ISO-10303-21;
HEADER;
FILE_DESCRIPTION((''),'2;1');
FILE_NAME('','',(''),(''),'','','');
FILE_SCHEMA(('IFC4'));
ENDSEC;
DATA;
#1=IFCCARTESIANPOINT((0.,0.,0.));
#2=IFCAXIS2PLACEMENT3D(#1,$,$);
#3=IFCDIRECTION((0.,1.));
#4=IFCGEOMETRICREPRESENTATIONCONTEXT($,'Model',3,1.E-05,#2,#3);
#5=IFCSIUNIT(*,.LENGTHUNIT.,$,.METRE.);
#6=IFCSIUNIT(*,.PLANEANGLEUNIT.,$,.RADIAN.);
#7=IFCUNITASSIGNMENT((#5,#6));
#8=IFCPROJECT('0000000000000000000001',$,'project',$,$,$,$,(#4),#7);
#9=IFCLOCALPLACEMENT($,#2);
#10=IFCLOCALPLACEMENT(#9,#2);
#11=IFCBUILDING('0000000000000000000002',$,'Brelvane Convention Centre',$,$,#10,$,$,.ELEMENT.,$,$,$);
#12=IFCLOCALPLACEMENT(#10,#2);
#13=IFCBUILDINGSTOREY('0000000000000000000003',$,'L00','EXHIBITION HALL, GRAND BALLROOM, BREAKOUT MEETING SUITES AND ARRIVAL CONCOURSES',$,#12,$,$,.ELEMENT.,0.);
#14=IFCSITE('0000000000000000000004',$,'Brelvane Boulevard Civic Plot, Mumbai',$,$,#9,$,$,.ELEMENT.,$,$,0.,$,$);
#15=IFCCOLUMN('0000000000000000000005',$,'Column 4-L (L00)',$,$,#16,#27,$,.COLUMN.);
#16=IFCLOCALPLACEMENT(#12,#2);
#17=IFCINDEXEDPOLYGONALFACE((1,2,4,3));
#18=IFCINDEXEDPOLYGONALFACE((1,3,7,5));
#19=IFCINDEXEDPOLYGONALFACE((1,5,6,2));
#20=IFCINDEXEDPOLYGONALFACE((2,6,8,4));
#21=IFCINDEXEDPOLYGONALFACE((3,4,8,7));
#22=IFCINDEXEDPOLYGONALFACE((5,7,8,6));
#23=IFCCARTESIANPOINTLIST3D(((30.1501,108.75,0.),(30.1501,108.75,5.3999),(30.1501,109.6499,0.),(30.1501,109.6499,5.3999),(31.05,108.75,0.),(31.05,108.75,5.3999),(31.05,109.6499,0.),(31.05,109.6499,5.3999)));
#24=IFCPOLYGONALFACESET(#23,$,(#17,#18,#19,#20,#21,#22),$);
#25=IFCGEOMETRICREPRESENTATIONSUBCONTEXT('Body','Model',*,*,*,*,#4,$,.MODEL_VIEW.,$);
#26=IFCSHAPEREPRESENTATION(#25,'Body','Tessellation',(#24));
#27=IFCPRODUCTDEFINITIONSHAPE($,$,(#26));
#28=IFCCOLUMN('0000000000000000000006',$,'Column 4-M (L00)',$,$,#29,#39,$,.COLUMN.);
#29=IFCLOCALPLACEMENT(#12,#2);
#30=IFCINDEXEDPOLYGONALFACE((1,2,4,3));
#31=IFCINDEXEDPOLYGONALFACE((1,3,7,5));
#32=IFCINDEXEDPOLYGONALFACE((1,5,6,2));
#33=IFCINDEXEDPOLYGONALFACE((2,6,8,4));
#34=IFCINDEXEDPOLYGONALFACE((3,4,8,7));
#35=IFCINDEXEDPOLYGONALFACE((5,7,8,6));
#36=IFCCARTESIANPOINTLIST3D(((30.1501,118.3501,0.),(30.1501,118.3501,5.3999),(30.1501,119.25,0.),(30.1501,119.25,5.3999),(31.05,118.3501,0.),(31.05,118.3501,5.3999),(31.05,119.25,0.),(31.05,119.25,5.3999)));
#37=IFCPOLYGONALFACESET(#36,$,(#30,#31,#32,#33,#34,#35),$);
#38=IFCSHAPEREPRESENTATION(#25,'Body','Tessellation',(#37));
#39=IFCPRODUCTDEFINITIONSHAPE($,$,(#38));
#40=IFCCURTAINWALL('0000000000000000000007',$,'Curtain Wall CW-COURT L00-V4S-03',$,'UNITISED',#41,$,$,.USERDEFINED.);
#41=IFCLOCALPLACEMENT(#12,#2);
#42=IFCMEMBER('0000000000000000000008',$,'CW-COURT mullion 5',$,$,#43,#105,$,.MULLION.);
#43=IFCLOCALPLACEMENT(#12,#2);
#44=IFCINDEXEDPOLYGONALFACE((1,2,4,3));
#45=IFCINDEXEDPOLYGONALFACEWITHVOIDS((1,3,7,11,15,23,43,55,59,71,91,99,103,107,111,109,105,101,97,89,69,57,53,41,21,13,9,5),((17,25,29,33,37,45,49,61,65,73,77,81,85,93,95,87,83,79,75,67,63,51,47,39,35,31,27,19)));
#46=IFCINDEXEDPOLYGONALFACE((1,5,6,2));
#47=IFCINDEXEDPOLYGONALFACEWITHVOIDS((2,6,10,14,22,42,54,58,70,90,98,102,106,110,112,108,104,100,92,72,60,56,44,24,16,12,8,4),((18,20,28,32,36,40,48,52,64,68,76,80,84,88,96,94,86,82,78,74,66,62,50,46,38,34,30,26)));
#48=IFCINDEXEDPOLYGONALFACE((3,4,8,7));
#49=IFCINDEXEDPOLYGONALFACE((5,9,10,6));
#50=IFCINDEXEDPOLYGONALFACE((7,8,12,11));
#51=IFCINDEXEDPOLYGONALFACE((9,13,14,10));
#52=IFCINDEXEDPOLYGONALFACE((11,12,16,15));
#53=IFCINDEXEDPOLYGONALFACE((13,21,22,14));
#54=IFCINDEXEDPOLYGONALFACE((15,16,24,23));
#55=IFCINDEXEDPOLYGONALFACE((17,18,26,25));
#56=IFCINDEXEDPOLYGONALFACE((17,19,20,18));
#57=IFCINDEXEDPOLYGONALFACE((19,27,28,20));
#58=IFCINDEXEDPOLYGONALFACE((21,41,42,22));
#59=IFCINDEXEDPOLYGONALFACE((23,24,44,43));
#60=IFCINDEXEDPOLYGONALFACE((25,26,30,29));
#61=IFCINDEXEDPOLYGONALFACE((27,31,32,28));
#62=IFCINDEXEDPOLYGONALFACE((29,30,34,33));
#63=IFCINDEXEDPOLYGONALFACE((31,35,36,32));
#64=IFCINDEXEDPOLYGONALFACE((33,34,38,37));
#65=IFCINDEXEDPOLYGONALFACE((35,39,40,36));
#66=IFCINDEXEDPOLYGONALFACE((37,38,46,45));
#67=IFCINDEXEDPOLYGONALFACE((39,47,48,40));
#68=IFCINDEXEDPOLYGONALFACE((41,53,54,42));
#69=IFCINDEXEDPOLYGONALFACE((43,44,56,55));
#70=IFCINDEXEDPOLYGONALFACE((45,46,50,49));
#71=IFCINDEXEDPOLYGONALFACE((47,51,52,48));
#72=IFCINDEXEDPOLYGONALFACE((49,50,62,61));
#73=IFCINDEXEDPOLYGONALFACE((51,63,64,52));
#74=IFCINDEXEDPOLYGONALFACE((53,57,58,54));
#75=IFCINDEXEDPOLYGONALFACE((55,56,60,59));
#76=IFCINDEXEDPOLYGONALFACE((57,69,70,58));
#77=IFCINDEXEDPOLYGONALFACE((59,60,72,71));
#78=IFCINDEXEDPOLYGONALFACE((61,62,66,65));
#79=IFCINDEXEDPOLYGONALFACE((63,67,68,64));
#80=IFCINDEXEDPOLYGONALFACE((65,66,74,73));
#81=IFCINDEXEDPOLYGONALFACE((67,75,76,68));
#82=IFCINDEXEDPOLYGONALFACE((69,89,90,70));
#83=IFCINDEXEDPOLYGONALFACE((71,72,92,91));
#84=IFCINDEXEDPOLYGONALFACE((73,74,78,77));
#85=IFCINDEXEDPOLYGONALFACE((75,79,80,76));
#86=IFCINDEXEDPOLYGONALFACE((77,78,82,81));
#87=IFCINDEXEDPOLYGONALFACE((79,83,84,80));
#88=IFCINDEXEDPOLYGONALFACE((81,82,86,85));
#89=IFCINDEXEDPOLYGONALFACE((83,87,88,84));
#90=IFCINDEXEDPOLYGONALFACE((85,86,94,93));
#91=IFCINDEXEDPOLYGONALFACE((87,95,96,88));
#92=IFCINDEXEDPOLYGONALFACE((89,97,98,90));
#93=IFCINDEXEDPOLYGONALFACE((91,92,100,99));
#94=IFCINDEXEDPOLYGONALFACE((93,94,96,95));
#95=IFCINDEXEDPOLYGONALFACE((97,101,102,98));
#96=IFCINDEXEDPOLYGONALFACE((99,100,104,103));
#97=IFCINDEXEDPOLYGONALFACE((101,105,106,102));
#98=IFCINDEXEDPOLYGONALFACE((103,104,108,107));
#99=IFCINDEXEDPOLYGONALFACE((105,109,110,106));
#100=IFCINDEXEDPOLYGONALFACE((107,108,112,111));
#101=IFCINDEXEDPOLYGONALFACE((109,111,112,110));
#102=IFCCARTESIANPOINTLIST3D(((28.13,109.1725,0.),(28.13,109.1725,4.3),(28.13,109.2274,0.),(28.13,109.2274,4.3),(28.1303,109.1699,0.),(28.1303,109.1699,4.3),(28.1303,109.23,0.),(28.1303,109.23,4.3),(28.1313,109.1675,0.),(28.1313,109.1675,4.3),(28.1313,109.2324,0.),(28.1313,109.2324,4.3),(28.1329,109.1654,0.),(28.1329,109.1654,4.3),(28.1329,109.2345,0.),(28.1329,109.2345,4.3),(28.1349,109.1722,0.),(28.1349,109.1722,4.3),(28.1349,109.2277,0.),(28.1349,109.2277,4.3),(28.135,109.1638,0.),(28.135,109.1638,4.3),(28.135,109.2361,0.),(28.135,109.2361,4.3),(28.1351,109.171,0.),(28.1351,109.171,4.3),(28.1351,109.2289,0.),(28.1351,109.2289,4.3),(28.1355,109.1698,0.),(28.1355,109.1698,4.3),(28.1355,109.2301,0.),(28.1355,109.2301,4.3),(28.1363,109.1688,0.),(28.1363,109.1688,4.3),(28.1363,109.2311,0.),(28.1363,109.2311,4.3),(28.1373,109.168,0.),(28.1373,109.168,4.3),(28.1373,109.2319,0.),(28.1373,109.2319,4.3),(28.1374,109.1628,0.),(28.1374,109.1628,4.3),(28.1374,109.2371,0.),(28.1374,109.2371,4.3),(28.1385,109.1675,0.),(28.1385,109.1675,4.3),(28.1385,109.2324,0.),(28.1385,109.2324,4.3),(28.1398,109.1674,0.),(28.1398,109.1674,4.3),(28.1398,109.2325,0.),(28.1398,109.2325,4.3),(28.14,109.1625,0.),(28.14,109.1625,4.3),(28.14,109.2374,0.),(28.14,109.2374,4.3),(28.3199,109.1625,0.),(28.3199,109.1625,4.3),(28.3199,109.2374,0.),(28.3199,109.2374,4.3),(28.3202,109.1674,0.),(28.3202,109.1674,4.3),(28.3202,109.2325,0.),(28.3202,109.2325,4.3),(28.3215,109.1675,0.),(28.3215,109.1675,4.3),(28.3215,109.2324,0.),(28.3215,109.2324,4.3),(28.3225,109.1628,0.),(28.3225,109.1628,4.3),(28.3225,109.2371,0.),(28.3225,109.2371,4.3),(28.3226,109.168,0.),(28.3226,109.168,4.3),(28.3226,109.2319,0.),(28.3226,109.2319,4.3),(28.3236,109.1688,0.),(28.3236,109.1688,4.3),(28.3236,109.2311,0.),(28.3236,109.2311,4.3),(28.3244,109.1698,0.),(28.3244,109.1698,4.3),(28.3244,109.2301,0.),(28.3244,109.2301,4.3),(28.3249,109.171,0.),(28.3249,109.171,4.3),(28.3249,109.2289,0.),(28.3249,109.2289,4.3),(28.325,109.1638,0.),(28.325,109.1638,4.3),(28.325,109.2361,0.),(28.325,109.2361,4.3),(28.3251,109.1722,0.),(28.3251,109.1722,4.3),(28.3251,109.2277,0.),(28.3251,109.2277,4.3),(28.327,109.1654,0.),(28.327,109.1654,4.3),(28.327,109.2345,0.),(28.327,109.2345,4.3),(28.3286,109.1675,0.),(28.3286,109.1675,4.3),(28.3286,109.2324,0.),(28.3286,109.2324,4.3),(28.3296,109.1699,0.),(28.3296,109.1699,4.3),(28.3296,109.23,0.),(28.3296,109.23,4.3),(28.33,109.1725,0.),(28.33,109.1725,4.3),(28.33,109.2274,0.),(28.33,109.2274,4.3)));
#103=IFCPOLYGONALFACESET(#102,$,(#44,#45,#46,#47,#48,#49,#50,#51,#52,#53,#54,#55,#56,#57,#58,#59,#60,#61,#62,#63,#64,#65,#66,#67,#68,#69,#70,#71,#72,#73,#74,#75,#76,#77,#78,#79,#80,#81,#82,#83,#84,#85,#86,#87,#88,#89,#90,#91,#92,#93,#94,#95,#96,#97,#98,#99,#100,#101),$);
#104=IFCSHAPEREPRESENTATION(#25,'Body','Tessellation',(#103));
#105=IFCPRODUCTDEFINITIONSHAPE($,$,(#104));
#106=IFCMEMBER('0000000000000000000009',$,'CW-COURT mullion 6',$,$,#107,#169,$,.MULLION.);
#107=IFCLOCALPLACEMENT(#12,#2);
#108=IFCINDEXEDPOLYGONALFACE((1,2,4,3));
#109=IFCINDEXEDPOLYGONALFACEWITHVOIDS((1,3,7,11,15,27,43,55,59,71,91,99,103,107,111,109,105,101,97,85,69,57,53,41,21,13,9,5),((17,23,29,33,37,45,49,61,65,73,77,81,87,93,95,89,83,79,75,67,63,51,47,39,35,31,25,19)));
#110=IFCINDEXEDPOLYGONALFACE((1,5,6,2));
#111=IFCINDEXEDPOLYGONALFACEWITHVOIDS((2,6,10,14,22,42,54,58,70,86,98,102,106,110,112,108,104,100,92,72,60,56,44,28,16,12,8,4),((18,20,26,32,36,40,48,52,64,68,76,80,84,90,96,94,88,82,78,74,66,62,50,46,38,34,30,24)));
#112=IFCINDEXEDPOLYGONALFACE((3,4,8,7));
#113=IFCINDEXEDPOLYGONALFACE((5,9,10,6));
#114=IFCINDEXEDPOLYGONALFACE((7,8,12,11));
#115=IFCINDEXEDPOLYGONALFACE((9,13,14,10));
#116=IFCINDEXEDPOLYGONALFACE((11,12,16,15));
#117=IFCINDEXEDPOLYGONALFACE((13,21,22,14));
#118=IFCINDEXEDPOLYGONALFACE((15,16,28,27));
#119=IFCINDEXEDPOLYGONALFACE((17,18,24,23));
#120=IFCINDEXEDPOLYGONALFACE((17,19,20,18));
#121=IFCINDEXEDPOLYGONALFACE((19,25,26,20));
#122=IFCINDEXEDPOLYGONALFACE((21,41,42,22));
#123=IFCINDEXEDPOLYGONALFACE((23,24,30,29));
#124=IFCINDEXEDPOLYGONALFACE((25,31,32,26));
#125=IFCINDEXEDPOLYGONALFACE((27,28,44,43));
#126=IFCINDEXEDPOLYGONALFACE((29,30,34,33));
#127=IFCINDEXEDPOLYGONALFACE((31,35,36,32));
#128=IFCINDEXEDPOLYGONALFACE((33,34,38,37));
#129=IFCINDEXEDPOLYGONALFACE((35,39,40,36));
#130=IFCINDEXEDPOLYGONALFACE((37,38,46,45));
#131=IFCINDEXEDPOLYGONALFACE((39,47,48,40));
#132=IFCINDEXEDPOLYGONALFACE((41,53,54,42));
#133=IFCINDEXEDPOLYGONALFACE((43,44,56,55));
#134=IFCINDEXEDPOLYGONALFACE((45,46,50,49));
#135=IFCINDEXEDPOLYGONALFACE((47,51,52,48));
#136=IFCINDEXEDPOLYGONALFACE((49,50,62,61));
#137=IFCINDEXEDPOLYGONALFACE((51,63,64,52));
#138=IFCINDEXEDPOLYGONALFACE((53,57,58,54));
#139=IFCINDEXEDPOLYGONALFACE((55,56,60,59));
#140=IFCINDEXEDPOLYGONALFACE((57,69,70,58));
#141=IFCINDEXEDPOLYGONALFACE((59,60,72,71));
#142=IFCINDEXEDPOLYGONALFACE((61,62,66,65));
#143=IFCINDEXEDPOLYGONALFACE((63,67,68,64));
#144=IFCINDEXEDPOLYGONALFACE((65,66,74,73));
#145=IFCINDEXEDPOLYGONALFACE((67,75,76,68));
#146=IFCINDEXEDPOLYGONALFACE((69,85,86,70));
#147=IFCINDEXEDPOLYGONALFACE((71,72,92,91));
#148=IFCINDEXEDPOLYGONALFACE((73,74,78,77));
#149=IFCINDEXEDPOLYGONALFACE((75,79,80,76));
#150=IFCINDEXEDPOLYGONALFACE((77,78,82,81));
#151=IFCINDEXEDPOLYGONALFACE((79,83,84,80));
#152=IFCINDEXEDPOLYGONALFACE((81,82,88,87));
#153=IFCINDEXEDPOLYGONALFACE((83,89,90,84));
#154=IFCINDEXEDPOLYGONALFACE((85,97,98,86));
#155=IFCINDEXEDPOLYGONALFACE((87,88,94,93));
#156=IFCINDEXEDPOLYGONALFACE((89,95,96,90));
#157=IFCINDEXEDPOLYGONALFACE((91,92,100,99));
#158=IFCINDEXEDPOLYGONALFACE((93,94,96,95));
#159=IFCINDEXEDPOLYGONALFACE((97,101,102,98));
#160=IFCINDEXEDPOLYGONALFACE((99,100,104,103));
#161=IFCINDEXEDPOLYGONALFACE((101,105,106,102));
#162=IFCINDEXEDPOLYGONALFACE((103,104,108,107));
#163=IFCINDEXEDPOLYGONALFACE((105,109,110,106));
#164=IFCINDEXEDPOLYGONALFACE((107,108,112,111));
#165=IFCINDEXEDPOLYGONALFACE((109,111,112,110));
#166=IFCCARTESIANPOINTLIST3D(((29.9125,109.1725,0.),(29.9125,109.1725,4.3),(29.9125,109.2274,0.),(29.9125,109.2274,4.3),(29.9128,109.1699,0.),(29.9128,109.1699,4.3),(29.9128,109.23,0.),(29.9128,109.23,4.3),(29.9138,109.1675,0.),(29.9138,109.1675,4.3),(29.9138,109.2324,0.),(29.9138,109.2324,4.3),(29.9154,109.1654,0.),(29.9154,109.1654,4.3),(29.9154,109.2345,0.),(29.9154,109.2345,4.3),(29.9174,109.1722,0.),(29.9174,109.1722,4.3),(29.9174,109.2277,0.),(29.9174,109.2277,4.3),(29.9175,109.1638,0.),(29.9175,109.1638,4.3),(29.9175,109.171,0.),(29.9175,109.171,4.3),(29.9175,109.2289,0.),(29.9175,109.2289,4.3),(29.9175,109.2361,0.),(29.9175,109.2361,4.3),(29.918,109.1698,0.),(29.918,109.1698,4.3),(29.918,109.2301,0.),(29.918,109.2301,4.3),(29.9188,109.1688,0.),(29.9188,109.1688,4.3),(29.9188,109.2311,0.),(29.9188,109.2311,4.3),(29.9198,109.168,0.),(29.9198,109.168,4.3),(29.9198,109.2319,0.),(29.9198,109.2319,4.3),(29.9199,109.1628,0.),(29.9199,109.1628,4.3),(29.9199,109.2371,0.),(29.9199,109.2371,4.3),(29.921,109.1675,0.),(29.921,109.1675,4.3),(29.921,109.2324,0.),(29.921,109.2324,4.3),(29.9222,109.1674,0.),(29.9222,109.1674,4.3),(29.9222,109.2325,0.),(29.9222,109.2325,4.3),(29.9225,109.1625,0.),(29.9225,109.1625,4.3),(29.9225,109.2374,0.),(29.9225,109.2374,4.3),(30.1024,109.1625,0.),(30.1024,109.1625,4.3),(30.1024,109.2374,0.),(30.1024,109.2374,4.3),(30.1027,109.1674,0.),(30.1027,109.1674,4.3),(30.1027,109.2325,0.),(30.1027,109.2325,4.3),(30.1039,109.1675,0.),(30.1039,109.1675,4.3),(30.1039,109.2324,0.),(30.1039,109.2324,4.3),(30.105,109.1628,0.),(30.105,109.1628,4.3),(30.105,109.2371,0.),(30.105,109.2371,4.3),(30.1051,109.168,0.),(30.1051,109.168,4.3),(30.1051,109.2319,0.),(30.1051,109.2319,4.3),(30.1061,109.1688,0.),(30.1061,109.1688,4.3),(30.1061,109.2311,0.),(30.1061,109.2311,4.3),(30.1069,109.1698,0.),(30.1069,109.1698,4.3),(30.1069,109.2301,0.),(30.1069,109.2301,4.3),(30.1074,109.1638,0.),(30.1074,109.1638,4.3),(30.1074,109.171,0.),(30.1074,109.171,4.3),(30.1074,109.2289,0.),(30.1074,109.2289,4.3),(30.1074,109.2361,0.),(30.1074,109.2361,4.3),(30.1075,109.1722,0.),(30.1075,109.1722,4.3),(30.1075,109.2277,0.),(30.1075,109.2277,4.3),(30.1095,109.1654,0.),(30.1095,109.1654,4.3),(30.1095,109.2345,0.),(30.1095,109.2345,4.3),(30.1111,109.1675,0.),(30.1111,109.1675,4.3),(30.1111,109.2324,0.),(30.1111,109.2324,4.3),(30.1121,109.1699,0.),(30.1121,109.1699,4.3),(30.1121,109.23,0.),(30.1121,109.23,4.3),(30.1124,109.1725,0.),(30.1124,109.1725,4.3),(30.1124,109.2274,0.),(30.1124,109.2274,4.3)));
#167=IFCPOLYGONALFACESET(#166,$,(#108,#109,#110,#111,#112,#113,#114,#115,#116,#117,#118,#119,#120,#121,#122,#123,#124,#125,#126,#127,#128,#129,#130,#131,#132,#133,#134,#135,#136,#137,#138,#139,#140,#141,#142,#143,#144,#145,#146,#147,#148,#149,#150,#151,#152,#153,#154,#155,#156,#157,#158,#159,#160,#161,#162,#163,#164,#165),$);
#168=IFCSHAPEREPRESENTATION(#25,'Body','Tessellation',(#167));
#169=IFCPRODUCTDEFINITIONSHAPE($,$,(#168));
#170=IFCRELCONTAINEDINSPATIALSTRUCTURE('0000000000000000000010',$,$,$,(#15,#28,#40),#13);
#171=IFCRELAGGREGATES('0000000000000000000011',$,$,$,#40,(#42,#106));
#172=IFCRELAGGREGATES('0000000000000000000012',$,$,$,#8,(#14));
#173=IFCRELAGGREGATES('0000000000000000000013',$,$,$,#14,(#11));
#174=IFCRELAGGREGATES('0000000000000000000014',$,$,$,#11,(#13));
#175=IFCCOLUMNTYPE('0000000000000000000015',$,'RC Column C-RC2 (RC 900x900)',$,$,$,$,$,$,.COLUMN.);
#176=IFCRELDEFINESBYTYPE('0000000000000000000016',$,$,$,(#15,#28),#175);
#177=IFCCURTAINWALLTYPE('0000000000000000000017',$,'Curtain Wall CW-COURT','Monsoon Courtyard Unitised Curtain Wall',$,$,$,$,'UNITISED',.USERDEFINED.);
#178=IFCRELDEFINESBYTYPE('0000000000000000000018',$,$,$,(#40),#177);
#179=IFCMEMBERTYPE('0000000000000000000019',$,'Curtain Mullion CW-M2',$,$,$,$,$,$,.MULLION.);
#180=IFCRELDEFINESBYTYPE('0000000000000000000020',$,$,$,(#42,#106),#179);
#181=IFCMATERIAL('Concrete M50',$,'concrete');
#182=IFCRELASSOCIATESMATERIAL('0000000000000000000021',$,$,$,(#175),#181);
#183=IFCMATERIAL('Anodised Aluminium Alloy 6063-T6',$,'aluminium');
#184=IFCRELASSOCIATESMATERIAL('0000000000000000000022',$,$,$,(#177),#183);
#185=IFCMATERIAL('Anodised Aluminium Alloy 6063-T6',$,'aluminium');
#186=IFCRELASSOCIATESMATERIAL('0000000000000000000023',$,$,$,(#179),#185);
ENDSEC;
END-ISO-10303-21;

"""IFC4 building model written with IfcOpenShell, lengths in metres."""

from ifc_helpers import new_model, si_unit, direction, frame, origin, origin_2d, place, context, subcontext, project, spatial, rectangle, hollow_rectangle, extrude, material, material_profile, profile_set, type_object, element, aggregate, save


model = new_model("IFC4")

# Units and contexts
model_context = context("Model", 3, precision=1e-05, world=origin(), true_north=direction((0.0, 1.0)))
body_context = subcontext(model_context, "Body", "Model", "MODEL_VIEW")
ifc_project = project(units=[si_unit("LENGTHUNIT", "METRE"), si_unit("PLANEANGLEUNIT", "RADIAN")], contexts=[model_context])

# Site, building, storey
site_placement = place(None, origin())
site = spatial("IfcSite", under=ifc_project, at=site_placement, Name="Brelvane Boulevard Civic Plot, Mumbai", CompositionType="ELEMENT", RefElevation=0.0)
building_placement = place(site_placement, origin())
building = spatial("IfcBuilding", under=site, at=building_placement, Name="Brelvane Convention Centre", CompositionType="ELEMENT")
storey_placement = place(building_placement, origin())
storey = spatial("IfcBuildingStorey", under=building, at=storey_placement, Name="L00", Description="EXHIBITION HALL, GRAND BALLROOM, BREAKOUT MEETING SUITES AND ARRIVAL CONCOURSES", CompositionType="ELEMENT", Elevation=0.0)

# Columns
ifc_material_1 = material(Name="Concrete M50", Category="concrete")
ifc_material_profile_1 = material_profile(ifc_material_1, rectangle(XDim=0.8999, YDim=0.8999, at=origin_2d()), Name="RC 900x900")
ifc_profile_set_1 = profile_set([ifc_material_profile_1], Name="Concrete M50")
column_type = type_object("IfcColumnType", Name="RC Column C-RC2 (RC 900x900)", PredefinedType="COLUMN", material=ifc_profile_set_1)
for number, where, z_axis, x_axis, name in (
    (1, (30.6001, 109.2, 0.0), (0.0, 0.0, 1.0), (1.0, 0.0, 0.0), "Column 4-L (L00)"),
    (2, (30.6001, 118.8, 0.0), (0.0, 0.0, 1.0), (1.0, 0.0, 0.0), "Column 4-M (L00)"),
):
    element("IfcColumn", number, at=place(storey_placement, frame(where, z_axis=z_axis, x_axis=x_axis)), inside=storey, type_object=column_type, Name=name, PredefinedType="COLUMN", context=body_context, shape_type="SweptSolid", body=[
        extrude(rectangle(XDim=0.8999, YDim=0.8999, at=origin_2d()), origin(), (0.0, 0.0, 1.0), 5.3999),
    ])

# Curtain wall, members
ifc_material_2 = material(Name="Anodised Aluminium Alloy 6063-T6", Category="aluminium")
curtain_wall_type = type_object("IfcCurtainWallType", Name="Curtain Wall CW-COURT", Description="Monsoon Courtyard Unitised Curtain Wall", ElementType="UNITISED", PredefinedType="USERDEFINED", material=ifc_material_2)
curtain_wall_placement = place(storey_placement, origin())
curtain_wall = element("IfcCurtainWall", 3, at=curtain_wall_placement, inside=storey, type_object=curtain_wall_type, Name="Curtain Wall CW-COURT L00-V4S-03", ObjectType="UNITISED", PredefinedType="USERDEFINED")
ifc_material_3 = material(Name="Anodised Aluminium Alloy 6063-T6", Category="aluminium")
ifc_material_profile_2 = material_profile(ifc_material_3, hollow_rectangle(XDim=0.075, YDim=0.2, WallThickness=0.0049, InnerFilletRadius=0.0049, OuterFilletRadius=0.01, at=origin_2d()), Name="ALU-M 200x75x5.0")
ifc_profile_set_2 = profile_set([ifc_material_profile_2], Name="Anodised Aluminium Alloy 6063-T6")
member_type_1 = type_object("IfcMemberType", Name="Curtain Mullion CW-M2", PredefinedType="MULLION", material=ifc_profile_set_2)
member_1_placement = place(storey_placement, frame((28.23, 109.2, 0.0), z_axis=(0.0, 0.0, 1.0), x_axis=(0.0, 1.0, 0.0)))
member_1 = element("IfcMember", 4, at=member_1_placement, type_object=member_type_1, Name="CW-COURT mullion 5", PredefinedType="MULLION", context=body_context, shape_type="SweptSolid", body=[
    extrude(hollow_rectangle(XDim=0.075, YDim=0.2, WallThickness=0.0049, InnerFilletRadius=0.0049, OuterFilletRadius=0.01, at=origin_2d()), origin(), (0.0, 0.0, 1.0), 4.3),
])
member_2_placement = place(storey_placement, frame((30.0125, 109.2, 0.0), z_axis=(0.0, 0.0, 1.0), x_axis=(0.0, 1.0, 0.0)))
member_2 = element("IfcMember", 5, at=member_2_placement, type_object=member_type_1, Name="CW-COURT mullion 6", PredefinedType="MULLION", context=body_context, shape_type="SweptSolid", body=[
    extrude(hollow_rectangle(XDim=0.075, YDim=0.2, WallThickness=0.0049, InnerFilletRadius=0.0049, OuterFilletRadius=0.01, at=origin_2d()), origin(), (0.0, 0.0, 1.0), 4.3),
])

aggregate(curtain_wall, [member_1, member_2])

save(model, "model.ifc")
